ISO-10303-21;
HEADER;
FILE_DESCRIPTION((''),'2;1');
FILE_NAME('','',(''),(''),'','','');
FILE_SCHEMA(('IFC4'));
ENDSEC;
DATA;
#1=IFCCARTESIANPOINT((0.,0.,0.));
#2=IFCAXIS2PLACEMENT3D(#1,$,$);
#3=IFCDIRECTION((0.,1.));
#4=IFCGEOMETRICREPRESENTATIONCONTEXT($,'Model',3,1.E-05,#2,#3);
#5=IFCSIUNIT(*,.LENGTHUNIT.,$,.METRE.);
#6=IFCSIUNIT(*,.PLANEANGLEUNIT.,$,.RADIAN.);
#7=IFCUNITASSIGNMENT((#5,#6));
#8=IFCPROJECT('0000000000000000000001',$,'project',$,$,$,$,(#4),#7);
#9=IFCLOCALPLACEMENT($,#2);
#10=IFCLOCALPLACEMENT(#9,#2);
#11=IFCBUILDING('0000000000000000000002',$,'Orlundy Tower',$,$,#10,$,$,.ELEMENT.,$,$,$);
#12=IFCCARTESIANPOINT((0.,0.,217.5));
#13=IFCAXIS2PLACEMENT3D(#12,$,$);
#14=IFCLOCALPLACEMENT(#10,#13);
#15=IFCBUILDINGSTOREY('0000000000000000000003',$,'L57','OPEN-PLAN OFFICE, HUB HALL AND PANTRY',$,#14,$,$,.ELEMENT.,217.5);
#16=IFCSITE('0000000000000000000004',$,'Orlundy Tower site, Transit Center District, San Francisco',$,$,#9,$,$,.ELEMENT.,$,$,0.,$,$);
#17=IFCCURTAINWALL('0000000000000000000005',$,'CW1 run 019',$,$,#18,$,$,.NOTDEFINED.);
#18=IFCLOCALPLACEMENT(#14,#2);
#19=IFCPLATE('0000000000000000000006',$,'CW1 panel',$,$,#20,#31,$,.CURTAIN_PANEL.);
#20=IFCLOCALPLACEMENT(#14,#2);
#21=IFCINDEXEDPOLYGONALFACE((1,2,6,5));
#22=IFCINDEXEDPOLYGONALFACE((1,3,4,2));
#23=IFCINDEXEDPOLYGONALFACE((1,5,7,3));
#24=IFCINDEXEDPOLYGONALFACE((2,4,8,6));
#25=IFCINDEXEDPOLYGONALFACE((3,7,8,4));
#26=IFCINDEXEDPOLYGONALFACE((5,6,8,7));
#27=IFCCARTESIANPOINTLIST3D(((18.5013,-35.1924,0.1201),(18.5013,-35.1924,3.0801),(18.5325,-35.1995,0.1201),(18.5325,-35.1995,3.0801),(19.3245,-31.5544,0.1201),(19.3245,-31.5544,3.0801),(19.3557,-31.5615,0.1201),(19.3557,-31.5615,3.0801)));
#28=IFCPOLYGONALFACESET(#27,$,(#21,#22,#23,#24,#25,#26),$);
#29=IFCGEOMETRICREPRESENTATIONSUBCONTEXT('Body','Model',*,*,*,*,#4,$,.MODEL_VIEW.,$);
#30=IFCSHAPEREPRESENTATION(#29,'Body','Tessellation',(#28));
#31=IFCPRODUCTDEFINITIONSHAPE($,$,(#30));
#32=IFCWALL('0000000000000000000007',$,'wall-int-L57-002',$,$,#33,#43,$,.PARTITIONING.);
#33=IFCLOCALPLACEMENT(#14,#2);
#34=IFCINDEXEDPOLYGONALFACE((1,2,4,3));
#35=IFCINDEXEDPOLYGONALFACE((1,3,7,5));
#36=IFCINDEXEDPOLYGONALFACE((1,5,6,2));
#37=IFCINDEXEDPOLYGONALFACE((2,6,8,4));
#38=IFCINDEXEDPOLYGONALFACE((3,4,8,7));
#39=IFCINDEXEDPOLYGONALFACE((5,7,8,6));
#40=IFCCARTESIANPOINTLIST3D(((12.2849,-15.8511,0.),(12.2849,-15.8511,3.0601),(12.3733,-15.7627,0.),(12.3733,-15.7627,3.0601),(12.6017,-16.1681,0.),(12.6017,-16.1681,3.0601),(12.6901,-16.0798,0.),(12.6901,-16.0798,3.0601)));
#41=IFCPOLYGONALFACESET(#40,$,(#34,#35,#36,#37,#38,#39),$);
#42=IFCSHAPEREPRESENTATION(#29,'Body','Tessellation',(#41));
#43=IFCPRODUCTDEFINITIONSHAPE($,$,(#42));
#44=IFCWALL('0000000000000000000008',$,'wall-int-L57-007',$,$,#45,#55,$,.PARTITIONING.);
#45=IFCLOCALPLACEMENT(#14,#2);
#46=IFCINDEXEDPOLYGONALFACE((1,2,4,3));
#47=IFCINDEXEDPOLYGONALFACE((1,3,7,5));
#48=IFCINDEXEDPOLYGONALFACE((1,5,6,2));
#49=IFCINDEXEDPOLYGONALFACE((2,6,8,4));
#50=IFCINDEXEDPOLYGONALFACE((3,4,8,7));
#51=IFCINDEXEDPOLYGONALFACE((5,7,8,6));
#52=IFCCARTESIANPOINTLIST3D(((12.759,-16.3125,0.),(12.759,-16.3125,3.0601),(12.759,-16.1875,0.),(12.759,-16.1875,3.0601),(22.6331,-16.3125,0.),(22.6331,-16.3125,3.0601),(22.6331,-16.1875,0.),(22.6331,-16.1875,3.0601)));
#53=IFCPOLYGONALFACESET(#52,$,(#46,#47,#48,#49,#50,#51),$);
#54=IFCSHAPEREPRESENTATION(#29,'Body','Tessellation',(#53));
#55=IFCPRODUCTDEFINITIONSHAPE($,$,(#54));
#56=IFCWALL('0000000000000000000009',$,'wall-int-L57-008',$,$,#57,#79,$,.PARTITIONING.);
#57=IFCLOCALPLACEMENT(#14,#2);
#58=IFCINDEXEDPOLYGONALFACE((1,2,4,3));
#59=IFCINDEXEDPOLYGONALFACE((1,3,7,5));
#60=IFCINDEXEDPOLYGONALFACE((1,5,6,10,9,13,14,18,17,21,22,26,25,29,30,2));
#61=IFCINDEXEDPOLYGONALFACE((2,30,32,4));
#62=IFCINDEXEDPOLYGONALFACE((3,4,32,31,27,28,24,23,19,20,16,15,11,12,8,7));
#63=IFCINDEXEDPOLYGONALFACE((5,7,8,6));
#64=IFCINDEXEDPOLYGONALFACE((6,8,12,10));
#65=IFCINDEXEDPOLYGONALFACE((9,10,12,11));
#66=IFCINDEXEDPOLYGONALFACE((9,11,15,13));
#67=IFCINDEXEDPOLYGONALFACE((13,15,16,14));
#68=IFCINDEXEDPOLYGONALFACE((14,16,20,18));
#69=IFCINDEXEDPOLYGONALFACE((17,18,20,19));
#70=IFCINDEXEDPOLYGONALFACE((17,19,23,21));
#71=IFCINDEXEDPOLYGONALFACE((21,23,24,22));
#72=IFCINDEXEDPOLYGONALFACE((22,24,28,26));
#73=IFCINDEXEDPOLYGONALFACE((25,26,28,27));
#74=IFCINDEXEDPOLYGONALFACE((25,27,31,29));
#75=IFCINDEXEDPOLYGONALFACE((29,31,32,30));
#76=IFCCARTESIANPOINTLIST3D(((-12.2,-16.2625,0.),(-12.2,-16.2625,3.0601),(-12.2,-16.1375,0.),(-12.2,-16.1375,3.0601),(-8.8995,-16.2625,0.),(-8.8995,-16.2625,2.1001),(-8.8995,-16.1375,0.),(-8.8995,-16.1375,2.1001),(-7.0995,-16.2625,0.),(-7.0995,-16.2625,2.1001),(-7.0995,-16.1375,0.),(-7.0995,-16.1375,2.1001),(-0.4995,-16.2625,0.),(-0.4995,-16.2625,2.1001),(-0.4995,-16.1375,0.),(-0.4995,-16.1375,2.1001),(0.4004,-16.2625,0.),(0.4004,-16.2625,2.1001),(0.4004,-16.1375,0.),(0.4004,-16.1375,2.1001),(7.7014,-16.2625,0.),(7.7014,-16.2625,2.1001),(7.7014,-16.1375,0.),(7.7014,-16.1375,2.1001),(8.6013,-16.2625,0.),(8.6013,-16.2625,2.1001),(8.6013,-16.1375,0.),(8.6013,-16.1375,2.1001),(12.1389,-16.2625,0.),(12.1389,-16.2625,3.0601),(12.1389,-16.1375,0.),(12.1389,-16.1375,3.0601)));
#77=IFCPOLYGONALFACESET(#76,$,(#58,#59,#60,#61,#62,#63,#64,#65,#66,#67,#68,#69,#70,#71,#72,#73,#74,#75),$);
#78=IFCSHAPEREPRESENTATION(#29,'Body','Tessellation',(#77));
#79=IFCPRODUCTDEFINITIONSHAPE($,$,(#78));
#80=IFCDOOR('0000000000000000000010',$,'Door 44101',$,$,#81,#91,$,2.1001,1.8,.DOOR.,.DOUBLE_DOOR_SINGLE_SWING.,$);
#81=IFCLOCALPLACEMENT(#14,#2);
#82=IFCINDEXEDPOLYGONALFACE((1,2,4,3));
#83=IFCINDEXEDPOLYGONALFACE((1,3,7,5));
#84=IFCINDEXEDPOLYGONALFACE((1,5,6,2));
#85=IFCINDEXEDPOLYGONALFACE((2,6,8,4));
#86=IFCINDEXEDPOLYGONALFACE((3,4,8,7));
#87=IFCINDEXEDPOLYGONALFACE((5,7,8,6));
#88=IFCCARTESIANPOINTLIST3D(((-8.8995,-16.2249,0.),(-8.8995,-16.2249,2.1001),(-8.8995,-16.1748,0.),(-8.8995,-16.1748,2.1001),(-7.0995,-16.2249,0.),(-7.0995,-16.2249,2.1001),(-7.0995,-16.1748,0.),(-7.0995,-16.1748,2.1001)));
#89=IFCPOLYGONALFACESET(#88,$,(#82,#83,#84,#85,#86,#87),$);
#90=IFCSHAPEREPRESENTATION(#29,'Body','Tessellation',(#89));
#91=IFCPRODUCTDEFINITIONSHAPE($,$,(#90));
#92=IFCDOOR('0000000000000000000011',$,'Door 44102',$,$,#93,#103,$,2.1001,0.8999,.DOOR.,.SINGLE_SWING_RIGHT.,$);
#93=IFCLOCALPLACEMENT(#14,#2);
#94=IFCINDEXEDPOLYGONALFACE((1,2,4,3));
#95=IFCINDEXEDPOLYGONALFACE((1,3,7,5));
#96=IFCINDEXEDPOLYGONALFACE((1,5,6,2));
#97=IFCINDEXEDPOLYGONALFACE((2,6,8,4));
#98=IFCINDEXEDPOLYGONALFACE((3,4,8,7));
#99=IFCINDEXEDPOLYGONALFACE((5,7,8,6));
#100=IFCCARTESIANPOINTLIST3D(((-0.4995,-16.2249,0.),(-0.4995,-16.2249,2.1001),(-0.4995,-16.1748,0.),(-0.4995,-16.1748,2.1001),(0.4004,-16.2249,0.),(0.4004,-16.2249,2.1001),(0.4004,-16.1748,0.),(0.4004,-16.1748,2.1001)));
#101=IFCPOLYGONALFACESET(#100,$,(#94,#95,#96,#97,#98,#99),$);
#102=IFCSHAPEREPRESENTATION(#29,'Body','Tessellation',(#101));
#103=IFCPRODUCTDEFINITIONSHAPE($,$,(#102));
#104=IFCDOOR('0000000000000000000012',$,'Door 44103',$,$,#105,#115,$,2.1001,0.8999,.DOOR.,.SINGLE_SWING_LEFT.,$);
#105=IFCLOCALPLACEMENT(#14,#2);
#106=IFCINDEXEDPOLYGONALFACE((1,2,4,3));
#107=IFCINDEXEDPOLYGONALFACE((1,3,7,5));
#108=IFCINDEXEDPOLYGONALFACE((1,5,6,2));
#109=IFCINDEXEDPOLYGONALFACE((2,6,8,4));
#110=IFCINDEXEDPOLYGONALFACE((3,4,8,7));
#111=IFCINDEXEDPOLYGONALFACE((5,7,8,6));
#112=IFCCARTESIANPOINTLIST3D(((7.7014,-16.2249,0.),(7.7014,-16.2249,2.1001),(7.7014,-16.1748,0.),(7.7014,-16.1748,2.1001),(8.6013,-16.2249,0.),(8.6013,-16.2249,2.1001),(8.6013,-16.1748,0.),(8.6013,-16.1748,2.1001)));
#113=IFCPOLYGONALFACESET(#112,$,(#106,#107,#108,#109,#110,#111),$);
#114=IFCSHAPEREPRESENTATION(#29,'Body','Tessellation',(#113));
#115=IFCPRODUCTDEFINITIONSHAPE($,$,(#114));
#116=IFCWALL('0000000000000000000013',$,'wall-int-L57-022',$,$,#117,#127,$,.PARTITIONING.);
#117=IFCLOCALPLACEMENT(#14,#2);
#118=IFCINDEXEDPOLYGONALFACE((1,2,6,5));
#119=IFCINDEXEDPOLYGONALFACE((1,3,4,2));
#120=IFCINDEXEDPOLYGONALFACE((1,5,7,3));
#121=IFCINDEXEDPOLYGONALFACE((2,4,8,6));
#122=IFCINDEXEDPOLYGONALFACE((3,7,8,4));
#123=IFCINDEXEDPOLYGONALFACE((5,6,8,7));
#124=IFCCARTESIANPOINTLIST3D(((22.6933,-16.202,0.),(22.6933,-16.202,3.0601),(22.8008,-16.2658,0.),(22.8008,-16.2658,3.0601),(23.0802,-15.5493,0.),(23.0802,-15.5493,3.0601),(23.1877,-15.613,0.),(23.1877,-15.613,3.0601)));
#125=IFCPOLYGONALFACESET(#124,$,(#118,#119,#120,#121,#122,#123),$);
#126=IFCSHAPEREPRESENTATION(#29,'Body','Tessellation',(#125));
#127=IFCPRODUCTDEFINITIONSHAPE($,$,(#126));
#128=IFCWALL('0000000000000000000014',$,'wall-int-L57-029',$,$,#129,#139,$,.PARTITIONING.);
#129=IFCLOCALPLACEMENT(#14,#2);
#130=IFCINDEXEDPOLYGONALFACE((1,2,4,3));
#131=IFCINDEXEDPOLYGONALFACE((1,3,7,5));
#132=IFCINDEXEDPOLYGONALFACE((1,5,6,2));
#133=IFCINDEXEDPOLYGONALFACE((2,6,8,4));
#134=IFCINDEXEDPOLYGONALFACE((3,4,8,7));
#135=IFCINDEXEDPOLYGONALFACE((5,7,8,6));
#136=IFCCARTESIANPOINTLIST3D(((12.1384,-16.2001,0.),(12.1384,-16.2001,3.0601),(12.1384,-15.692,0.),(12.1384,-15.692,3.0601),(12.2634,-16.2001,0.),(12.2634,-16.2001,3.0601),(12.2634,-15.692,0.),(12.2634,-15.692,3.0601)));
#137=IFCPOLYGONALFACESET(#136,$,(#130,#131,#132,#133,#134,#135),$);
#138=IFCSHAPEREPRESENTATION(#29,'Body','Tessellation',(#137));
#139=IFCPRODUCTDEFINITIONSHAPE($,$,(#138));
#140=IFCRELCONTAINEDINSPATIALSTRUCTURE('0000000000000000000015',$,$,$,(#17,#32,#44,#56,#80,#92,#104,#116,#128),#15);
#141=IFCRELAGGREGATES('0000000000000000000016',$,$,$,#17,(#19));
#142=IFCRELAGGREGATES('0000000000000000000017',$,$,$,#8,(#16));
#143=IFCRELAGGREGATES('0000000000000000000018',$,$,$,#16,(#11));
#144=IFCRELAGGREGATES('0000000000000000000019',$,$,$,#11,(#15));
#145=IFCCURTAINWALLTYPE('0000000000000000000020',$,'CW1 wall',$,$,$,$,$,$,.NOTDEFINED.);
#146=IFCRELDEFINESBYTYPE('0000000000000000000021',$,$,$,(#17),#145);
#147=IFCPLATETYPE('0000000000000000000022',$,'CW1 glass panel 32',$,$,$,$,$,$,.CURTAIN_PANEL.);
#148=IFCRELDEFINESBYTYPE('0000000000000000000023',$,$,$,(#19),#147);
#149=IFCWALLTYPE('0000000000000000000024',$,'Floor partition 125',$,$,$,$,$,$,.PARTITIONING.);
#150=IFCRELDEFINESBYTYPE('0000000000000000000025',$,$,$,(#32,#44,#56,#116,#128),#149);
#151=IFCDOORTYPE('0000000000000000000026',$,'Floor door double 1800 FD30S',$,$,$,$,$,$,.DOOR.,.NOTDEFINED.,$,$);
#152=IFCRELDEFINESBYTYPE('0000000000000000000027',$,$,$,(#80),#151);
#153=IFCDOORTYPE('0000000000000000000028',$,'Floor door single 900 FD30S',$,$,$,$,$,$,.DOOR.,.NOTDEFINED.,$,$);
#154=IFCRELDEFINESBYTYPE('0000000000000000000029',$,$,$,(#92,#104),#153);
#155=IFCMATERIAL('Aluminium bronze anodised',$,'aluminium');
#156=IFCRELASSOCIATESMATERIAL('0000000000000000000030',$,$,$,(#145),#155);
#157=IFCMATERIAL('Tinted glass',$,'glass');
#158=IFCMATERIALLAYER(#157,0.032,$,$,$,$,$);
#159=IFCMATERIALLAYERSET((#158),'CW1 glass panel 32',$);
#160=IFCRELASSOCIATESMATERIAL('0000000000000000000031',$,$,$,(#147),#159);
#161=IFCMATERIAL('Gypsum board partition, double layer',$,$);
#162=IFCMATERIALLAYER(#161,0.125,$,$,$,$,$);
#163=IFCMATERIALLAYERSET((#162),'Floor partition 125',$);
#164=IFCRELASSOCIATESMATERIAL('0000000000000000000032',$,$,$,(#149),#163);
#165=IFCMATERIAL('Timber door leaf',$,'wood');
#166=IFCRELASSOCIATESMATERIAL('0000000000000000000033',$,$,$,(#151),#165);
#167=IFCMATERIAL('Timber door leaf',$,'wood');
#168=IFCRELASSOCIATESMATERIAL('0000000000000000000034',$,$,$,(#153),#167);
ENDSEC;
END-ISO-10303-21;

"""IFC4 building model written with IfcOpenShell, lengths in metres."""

from ifc_helpers import new_model, si_unit, direction, frame, frame_2d, origin, origin_2d, place, context, subcontext, project, spatial, rectangle, extrude, material, layer, layer_set, type_object, element, fill, aggregate, save


model = new_model("IFC4")

# Units and contexts
model_context = context("Model", 3, precision=1e-05, world=origin(), true_north=direction((0.0, 1.0)))
body_context = subcontext(model_context, "Body", "Model", "MODEL_VIEW")
ifc_project = project(units=[si_unit("LENGTHUNIT", "METRE"), si_unit("PLANEANGLEUNIT", "RADIAN")], contexts=[model_context])

# Site, building, storey
site_placement = place(None, origin())
site = spatial("IfcSite", under=ifc_project, at=site_placement, Name="Orlundy Tower site, Transit Center District, San Francisco", CompositionType="ELEMENT", RefElevation=0.0)
building_placement = place(site_placement, origin())
building = spatial("IfcBuilding", under=site, at=building_placement, Name="Orlundy Tower", CompositionType="ELEMENT")
storey_placement = place(building_placement, frame((0.0, 0.0, 217.5)))
storey = spatial("IfcBuildingStorey", under=building, at=storey_placement, Name="L57", Description="OPEN-PLAN OFFICE, HUB HALL AND PANTRY", CompositionType="ELEMENT", Elevation=217.5)

# Shared definitions
ifc_material_1 = material(Name="Aluminium bronze anodised", Category="aluminium")
curtain_wall_type = type_object("IfcCurtainWallType", Name="CW1 wall", PredefinedType="NOTDEFINED", material=ifc_material_1)

# Curtain wall
curtain_wall_1_placement = place(storey_placement, origin())
curtain_wall_1 = element("IfcCurtainWall", 1, at=curtain_wall_1_placement, inside=storey, type_object=curtain_wall_type, Name="CW1 run 019", PredefinedType="NOTDEFINED")

# Plate
ifc_material_2 = material(Name="Tinted glass", Category="glass")
ifc_layer_1 = layer(ifc_material_2, 0.032)
ifc_layer_set_1 = layer_set([ifc_layer_1], Name="CW1 glass panel 32")
plate_type = type_object("IfcPlateType", Name="CW1 glass panel 32", PredefinedType="CURTAIN_PANEL", material=ifc_layer_set_1)
plate_1_placement = place(storey_placement, frame((18.9285, -33.377, 0.1201), z_axis=(0.0, 0.0, 1.0), x_axis=(-0.2207, -0.975342, 0.0)))
plate_1 = element("IfcPlate", 2, at=plate_1_placement, type_object=plate_type, Name="CW1 panel", PredefinedType="CURTAIN_PANEL", context=body_context, shape_type="SweptSolid", body=[
    extrude(rectangle(XDim=3.73, YDim=0.032, at=origin_2d()), origin(), (0.0, 0.0, 1.0), 2.96),
])
aggregate(curtain_wall_1, [plate_1])

# Walls
ifc_material_3 = material(Name="Gypsum board partition, double layer")
ifc_layer_2 = layer(ifc_material_3, 0.125)
ifc_layer_set_2 = layer_set([ifc_layer_2], Name="Floor partition 125")
wall_type = type_object("IfcWallType", Name="Floor partition 125", PredefinedType="PARTITIONING", material=ifc_layer_set_2)
wall_1_placement = place(storey_placement, frame((12.3291, -15.8069, 0.0), z_axis=(0.0, 0.0, 1.0), x_axis=(0.706834, -0.707379, 0.0)))
element("IfcWall", 3, at=wall_1_placement, inside=storey, type_object=wall_type, Name="wall-int-L57-002", PredefinedType="PARTITIONING", context=body_context, shape_type="SweptSolid", body=[
    extrude(rectangle(XDim=0.4482, YDim=0.125, at=frame_2d((0.2241, 0.0))), origin(), (0.0, 0.0, 1.0), 3.0601),
])
wall_2_placement = place(storey_placement, frame((12.759, -16.25, 0.0), z_axis=(0.0, 0.0, 1.0), x_axis=(1.0, 0.0, 0.0)))
element("IfcWall", 4, at=wall_2_placement, inside=storey, type_object=wall_type, Name="wall-int-L57-007", PredefinedType="PARTITIONING", context=body_context, shape_type="SweptSolid", body=[
    extrude(rectangle(XDim=9.874, YDim=0.125, at=frame_2d((4.937, 0.0))), origin(), (0.0, 0.0, 1.0), 3.0601),
])

# Wall, openings, doors
wall_3_placement = place(storey_placement, frame((12.1389, -16.2, 0.0), z_axis=(0.0, 0.0, 1.0), x_axis=(-1.0, 0.0, 0.0)))
wall_3 = element("IfcWall", 5, at=wall_3_placement, inside=storey, type_object=wall_type, Name="wall-int-L57-008", PredefinedType="PARTITIONING", context=body_context, shape_type="SweptSolid", body=[
    extrude(rectangle(XDim=24.3389, YDim=0.125, at=frame_2d((12.1694, 0.0))), origin(), (0.0, 0.0, 1.0), 3.0601),
])
opening_1_placement = place(wall_3_placement, frame((19.2385, 0.0, 0.0)))
opening_1 = element("IfcOpeningElement", 6, at=opening_1_placement, cuts=wall_3, PredefinedType="OPENING", context=body_context, shape_type="SweptSolid", body=[
    extrude(rectangle(XDim=1.8, YDim=2.1001, at=frame_2d((0.8999, 1.05))), frame((0.0, 0.0725, 0.0), z_axis=(0.0, -1.0, 0.0), x_axis=(1.0, 0.0, 0.0)), (0.0, 0.0, 1.0), 0.145),
])
opening_2_placement = place(wall_3_placement, frame((11.7385, 0.0, 0.0)))
opening_2 = element("IfcOpeningElement", 7, at=opening_2_placement, cuts=wall_3, PredefinedType="OPENING", context=body_context, shape_type="SweptSolid", body=[
    extrude(rectangle(XDim=0.8999, YDim=2.1001, at=frame_2d((0.45, 1.05))), frame((0.0, 0.0725, 0.0), z_axis=(0.0, -1.0, 0.0), x_axis=(1.0, 0.0, 0.0)), (0.0, 0.0, 1.0), 0.145),
])
opening_3_placement = place(wall_3_placement, frame((3.5376, 0.0, 0.0)))
opening_3 = element("IfcOpeningElement", 8, at=opening_3_placement, cuts=wall_3, PredefinedType="OPENING", context=body_context, shape_type="SweptSolid", body=[
    extrude(rectangle(XDim=0.8999, YDim=2.1001, at=frame_2d((0.45, 1.05))), frame((0.0, 0.0725, 0.0), z_axis=(0.0, -1.0, 0.0), x_axis=(1.0, 0.0, 0.0)), (0.0, 0.0, 1.0), 0.145),
])
ifc_material_4 = material(Name="Timber door leaf", Category="wood")
door_type_1 = type_object("IfcDoorType", Name="Floor door double 1800 FD30S", OperationType="NOTDEFINED", PredefinedType="DOOR", material=ifc_material_4)
door_1_placement = place(opening_1_placement, origin())
door_1 = element("IfcDoor", 9, at=door_1_placement, inside=storey, type_object=door_type_1, Name="Door 44101", OperationType="DOUBLE_DOOR_SINGLE_SWING", OverallHeight=2.1001, OverallWidth=1.8, PredefinedType="DOOR", context=body_context, shape_type="SweptSolid", body=[
    extrude(rectangle(XDim=1.8, YDim=2.1001, at=frame_2d((0.8999, 1.05))), frame((0.0, 0.0249, 0.0), z_axis=(0.0, -1.0, 0.0), x_axis=(1.0, 0.0, 0.0)), (0.0, 0.0, 1.0), 0.05),
])
fill(opening_1, door_1)
ifc_material_5 = material(Name="Timber door leaf", Category="wood")
door_type_2 = type_object("IfcDoorType", Name="Floor door single 900 FD30S", OperationType="NOTDEFINED", PredefinedType="DOOR", material=ifc_material_5)
door_2_placement = place(opening_2_placement, origin())
door_2 = element("IfcDoor", 10, at=door_2_placement, inside=storey, type_object=door_type_2, Name="Door 44102", OperationType="SINGLE_SWING_RIGHT", OverallHeight=2.1001, OverallWidth=0.8999, PredefinedType="DOOR", context=body_context, shape_type="SweptSolid", body=[
    extrude(rectangle(XDim=0.8999, YDim=2.1001, at=frame_2d((0.45, 1.05))), frame((0.0, 0.0249, 0.0), z_axis=(0.0, -1.0, 0.0), x_axis=(1.0, 0.0, 0.0)), (0.0, 0.0, 1.0), 0.05),
])
fill(opening_2, door_2)
door_3_placement = place(opening_3_placement, origin())
door_3 = element("IfcDoor", 11, at=door_3_placement, inside=storey, type_object=door_type_2, Name="Door 44103", OperationType="SINGLE_SWING_LEFT", OverallHeight=2.1001, OverallWidth=0.8999, PredefinedType="DOOR", context=body_context, shape_type="SweptSolid", body=[
    extrude(rectangle(XDim=0.8999, YDim=2.1001, at=frame_2d((0.45, 1.05))), frame((0.0, 0.0249, 0.0), z_axis=(0.0, -1.0, 0.0), x_axis=(1.0, 0.0, 0.0)), (0.0, 0.0, 1.0), 0.05),
])
fill(opening_3, door_3)

# Walls
wall_4_placement = place(storey_placement, frame((22.7471, -16.2339, 0.0), z_axis=(0.0, 0.0, 1.0), x_axis=(0.509899, 0.860234, 0.0)))
element("IfcWall", 12, at=wall_4_placement, inside=storey, type_object=wall_type, Name="wall-int-L57-022", PredefinedType="PARTITIONING", context=body_context, shape_type="SweptSolid", body=[
    extrude(rectangle(XDim=0.7588, YDim=0.125, at=frame_2d((0.3794, 0.0))), origin(), (0.0, 0.0, 1.0), 3.0601),
])
wall_5_placement = place(storey_placement, frame((12.2009, -16.2, 0.0), z_axis=(0.0, 0.0, 1.0), x_axis=(0.0, 1.0, 0.0)))
element("IfcWall", 13, at=wall_5_placement, inside=storey, type_object=wall_type, Name="wall-int-L57-029", PredefinedType="PARTITIONING", context=body_context, shape_type="SweptSolid", body=[
    extrude(rectangle(XDim=0.5081, YDim=0.125, at=frame_2d((0.2539, 0.0))), origin(), (0.0, 0.0, 1.0), 3.0601),
])

save(model, "model.ifc")
